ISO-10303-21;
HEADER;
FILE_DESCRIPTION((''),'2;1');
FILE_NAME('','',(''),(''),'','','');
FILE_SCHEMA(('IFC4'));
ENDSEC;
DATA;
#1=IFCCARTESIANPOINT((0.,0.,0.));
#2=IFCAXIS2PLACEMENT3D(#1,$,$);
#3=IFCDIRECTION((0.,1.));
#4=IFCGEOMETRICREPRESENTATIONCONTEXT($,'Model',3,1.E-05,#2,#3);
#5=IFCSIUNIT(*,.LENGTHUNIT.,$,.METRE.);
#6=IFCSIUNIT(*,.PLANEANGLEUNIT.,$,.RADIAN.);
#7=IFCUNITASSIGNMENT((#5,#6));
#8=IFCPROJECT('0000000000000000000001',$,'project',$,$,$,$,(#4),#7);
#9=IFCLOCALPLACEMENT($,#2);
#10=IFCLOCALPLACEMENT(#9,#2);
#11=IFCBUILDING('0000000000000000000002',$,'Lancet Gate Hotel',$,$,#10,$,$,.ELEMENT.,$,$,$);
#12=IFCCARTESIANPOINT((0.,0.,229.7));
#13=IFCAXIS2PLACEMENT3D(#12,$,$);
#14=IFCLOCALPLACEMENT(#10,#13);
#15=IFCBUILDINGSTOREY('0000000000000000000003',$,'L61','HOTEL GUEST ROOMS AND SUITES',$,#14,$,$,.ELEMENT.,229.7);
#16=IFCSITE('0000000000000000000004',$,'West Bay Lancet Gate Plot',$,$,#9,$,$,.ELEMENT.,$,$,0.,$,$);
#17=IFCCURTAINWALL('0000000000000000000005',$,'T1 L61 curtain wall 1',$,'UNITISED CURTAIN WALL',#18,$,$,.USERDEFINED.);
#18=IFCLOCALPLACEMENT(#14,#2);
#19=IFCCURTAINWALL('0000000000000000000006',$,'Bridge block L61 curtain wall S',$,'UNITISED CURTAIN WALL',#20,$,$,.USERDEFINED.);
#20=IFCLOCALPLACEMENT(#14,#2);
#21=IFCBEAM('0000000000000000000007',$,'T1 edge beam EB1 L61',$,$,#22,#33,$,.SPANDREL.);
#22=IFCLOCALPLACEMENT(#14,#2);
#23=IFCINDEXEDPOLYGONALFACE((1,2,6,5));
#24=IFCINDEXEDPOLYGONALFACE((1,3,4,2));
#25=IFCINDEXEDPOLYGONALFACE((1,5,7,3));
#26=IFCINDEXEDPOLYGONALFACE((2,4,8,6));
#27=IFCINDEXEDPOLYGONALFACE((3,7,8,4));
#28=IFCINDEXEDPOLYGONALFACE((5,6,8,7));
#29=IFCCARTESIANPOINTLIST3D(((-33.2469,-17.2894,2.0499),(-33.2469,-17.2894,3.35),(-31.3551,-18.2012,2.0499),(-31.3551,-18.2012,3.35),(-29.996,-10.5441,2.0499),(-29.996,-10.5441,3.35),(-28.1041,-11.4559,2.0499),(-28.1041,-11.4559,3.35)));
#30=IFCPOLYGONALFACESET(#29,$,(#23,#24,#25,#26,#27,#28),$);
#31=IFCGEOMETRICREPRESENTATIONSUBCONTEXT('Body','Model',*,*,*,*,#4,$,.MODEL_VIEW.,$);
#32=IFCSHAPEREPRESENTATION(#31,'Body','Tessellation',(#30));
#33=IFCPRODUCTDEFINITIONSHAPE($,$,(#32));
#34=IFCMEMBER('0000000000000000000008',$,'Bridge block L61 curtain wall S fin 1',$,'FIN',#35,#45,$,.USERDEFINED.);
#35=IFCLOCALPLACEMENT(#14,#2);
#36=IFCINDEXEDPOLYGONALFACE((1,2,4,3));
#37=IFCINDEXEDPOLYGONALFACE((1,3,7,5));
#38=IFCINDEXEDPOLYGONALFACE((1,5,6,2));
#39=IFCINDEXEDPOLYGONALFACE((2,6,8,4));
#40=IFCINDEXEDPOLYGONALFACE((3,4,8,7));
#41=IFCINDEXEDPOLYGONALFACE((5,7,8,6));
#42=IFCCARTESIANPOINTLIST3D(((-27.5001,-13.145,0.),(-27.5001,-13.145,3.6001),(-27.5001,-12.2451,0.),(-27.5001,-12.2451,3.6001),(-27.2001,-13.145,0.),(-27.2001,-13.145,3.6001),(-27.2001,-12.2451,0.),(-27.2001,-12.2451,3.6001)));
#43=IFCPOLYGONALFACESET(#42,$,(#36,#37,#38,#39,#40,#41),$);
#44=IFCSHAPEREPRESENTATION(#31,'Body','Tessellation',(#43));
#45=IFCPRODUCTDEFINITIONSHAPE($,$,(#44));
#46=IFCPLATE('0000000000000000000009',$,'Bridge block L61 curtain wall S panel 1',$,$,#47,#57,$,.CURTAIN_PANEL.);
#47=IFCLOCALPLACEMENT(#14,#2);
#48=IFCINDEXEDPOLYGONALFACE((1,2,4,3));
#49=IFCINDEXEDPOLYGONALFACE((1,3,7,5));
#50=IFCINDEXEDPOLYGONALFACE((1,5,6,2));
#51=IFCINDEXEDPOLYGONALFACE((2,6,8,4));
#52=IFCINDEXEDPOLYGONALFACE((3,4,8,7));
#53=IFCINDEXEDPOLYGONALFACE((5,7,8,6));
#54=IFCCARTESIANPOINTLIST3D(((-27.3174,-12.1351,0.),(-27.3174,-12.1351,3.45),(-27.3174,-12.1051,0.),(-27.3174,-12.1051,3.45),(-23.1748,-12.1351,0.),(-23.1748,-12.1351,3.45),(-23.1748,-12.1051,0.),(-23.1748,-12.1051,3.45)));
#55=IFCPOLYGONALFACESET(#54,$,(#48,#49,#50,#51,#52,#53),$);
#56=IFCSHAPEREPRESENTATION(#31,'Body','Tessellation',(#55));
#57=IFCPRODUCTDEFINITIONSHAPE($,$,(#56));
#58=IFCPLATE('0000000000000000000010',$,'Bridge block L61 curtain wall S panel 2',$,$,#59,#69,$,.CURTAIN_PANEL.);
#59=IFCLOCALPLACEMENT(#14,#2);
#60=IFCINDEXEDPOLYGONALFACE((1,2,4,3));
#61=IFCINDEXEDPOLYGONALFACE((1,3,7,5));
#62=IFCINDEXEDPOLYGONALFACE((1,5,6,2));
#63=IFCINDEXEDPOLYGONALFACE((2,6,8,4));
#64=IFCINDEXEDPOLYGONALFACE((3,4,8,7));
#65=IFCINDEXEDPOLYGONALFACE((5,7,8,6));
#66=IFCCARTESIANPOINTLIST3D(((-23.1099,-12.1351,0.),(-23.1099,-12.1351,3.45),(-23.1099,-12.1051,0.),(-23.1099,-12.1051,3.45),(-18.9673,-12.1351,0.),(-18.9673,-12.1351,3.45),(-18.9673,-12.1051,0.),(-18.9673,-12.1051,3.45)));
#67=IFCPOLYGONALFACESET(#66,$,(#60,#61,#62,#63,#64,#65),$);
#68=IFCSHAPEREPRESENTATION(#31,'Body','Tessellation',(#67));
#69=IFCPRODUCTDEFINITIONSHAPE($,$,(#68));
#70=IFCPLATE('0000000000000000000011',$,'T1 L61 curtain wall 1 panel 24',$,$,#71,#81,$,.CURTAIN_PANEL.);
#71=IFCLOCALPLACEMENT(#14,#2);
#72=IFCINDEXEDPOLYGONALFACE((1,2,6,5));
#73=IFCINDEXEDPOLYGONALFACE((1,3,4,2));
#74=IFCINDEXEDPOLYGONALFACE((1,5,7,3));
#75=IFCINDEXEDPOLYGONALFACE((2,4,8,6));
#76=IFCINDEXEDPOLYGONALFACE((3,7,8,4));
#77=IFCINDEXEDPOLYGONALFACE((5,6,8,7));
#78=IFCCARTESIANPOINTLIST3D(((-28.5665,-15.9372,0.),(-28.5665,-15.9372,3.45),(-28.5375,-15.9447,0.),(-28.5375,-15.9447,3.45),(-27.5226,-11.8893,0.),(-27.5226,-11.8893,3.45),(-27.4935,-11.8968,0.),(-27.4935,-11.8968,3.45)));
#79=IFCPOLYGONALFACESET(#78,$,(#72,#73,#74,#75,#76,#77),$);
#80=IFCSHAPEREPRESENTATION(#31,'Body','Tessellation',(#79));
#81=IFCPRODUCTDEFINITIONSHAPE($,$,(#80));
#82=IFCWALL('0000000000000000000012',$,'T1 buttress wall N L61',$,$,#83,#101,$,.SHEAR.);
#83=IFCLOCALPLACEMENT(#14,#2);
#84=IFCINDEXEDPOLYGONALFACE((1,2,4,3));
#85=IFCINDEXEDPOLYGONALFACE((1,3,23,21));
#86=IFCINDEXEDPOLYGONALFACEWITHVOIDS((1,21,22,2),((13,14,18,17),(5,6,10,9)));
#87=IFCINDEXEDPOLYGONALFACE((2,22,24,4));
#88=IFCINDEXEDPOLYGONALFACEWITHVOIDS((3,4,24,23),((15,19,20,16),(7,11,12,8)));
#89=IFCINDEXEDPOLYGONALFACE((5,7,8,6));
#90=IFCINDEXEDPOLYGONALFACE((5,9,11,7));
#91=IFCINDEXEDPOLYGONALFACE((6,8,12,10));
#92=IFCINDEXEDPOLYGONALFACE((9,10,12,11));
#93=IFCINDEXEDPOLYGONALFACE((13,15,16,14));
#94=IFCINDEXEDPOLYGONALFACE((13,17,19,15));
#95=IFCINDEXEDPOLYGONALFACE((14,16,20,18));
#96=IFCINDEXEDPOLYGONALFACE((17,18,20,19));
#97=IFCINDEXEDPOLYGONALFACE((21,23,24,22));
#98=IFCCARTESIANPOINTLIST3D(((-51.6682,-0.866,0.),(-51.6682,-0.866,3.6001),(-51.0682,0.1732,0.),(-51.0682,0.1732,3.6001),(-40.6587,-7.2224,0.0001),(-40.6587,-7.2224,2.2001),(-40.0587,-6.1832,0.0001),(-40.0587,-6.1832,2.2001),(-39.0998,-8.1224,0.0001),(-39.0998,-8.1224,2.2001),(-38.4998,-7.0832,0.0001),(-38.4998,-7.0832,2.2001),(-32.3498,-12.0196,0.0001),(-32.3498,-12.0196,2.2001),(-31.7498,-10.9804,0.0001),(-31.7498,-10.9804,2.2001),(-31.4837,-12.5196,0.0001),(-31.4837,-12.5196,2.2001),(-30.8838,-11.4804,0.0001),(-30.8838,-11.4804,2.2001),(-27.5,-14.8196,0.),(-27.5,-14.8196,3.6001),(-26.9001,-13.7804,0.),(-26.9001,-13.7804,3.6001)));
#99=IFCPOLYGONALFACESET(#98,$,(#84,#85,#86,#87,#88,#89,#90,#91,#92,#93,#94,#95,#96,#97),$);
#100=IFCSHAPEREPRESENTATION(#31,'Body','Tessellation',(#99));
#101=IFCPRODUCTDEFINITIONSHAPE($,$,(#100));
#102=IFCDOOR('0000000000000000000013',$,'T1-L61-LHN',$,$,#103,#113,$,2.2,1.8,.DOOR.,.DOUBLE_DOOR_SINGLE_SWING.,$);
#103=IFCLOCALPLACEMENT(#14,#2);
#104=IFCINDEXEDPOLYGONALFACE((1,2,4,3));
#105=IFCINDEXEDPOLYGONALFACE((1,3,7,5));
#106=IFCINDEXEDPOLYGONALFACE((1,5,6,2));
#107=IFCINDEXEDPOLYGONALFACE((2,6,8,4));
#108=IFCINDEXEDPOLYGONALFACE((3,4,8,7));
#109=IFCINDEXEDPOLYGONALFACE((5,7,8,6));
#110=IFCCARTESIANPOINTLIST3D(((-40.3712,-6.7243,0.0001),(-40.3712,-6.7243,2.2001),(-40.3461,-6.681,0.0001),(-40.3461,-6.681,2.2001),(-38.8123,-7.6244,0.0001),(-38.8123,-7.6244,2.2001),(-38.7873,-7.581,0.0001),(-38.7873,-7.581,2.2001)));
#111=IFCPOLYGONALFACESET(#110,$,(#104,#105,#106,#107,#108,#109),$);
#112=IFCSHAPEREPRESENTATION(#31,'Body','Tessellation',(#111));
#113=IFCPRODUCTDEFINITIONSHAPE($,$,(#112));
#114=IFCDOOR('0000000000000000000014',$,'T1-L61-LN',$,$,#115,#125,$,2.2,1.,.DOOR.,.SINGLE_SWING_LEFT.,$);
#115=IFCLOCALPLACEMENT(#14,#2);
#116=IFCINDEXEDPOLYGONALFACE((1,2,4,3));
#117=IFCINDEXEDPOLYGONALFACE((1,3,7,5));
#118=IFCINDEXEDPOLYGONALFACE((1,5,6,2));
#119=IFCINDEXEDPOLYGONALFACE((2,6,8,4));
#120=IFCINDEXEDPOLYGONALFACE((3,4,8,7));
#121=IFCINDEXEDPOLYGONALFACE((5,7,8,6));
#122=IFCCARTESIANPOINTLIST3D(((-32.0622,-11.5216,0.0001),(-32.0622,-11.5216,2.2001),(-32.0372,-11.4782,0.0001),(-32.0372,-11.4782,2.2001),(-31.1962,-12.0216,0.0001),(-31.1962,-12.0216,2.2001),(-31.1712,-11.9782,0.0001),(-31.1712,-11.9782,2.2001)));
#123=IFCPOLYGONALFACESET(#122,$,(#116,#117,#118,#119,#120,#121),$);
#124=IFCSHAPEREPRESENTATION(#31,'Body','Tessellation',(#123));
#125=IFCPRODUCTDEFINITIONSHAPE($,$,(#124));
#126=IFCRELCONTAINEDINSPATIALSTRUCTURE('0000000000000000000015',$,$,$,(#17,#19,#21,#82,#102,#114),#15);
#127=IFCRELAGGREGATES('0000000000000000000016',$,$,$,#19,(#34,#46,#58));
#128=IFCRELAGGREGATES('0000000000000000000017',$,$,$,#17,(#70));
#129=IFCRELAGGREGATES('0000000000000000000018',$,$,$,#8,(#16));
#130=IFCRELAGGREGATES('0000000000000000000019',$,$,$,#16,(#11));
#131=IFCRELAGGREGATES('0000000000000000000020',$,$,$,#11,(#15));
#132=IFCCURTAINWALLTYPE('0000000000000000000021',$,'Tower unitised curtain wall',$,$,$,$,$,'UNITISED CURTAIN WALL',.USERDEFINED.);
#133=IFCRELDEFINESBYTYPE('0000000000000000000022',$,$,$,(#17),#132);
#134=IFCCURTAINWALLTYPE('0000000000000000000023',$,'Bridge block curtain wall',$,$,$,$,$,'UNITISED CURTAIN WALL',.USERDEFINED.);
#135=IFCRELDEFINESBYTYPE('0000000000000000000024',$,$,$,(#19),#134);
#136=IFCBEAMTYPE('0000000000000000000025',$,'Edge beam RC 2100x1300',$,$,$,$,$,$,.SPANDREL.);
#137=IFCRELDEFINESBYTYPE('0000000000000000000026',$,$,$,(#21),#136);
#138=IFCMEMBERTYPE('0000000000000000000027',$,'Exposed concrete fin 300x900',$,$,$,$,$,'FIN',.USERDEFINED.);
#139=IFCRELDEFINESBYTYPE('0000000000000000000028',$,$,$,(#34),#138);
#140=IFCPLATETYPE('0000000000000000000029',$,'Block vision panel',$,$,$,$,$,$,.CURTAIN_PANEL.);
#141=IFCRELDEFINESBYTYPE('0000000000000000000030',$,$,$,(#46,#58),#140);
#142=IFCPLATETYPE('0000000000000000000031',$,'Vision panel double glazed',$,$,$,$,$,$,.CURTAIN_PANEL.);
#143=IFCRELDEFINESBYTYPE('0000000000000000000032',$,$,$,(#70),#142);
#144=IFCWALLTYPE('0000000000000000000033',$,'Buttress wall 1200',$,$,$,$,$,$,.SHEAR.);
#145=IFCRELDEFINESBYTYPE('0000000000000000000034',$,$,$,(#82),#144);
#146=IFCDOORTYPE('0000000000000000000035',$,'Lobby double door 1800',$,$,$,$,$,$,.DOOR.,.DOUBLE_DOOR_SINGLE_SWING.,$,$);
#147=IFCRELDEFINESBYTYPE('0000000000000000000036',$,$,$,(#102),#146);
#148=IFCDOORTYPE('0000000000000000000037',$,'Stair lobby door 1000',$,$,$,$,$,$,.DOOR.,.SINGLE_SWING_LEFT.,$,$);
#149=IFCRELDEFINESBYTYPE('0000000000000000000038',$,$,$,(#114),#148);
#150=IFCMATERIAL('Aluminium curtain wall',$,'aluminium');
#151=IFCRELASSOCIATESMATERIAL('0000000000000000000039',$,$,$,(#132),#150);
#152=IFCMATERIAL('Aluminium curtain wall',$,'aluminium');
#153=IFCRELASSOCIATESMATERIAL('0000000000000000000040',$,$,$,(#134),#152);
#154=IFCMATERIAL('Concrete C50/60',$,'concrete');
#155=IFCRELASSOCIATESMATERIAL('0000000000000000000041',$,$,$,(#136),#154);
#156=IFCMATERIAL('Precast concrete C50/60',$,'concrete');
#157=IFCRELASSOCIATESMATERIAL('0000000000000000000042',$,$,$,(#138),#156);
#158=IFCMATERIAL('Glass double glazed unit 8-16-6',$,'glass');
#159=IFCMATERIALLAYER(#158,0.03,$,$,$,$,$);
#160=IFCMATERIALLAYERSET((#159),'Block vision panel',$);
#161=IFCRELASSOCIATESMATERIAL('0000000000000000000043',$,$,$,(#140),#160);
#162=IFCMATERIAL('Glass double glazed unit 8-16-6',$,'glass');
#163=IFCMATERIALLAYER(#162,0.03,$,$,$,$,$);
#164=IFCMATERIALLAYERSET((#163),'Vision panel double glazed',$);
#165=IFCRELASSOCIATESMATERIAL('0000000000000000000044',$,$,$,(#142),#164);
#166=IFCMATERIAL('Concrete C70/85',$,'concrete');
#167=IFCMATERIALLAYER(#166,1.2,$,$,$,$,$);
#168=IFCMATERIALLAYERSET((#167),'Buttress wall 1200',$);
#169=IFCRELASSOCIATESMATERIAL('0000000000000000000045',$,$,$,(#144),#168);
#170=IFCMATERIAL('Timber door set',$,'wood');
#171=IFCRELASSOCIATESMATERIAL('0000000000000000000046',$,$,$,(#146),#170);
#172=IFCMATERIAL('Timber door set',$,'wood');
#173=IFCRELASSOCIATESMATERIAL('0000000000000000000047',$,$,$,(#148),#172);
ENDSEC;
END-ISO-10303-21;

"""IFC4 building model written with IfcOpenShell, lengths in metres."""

from ifc_helpers import new_model, si_unit, direction, frame, frame_2d, origin, origin_2d, place, context, subcontext, project, spatial, rectangle, extrude, material, layer, layer_set, material_profile, profile_set, type_object, element, fill, aggregate, save


model = new_model("IFC4")

# Units and contexts
model_context = context("Model", 3, precision=1e-05, world=origin(), true_north=direction((0.0, 1.0)))
body_context = subcontext(model_context, "Body", "Model", "MODEL_VIEW")
ifc_project = project(units=[si_unit("LENGTHUNIT", "METRE"), si_unit("PLANEANGLEUNIT", "RADIAN")], contexts=[model_context])

# Site, building, storey
site_placement = place(None, origin())
site = spatial("IfcSite", under=ifc_project, at=site_placement, Name="West Bay Lancet Gate Plot", CompositionType="ELEMENT", RefElevation=0.0)
building_placement = place(site_placement, origin())
building = spatial("IfcBuilding", under=site, at=building_placement, Name="Lancet Gate Hotel", CompositionType="ELEMENT")
storey_placement = place(building_placement, frame((0.0, 0.0, 229.7)))
storey = spatial("IfcBuildingStorey", under=building, at=storey_placement, Name="L61", Description="HOTEL GUEST ROOMS AND SUITES", CompositionType="ELEMENT", Elevation=229.7)

# Curtain walls
ifc_material_1 = material(Name="Aluminium curtain wall", Category="aluminium")
curtain_wall_type_1 = type_object("IfcCurtainWallType", Name="Tower unitised curtain wall", ElementType="UNITISED CURTAIN WALL", PredefinedType="USERDEFINED", material=ifc_material_1)
curtain_wall_1_placement = place(storey_placement, origin())
curtain_wall_1 = element("IfcCurtainWall", 1, at=curtain_wall_1_placement, inside=storey, type_object=curtain_wall_type_1, Name="T1 L61 curtain wall 1", ObjectType="UNITISED CURTAIN WALL", PredefinedType="USERDEFINED")
ifc_material_2 = material(Name="Aluminium curtain wall", Category="aluminium")
curtain_wall_type_2 = type_object("IfcCurtainWallType", Name="Bridge block curtain wall", ElementType="UNITISED CURTAIN WALL", PredefinedType="USERDEFINED", material=ifc_material_2)
curtain_wall_2_placement = place(storey_placement, origin())
curtain_wall_2 = element("IfcCurtainWall", 2, at=curtain_wall_2_placement, inside=storey, type_object=curtain_wall_type_2, Name="Bridge block L61 curtain wall S", ObjectType="UNITISED CURTAIN WALL", PredefinedType="USERDEFINED")

# Beam
ifc_material_3 = material(Name="Concrete C50/60", Category="concrete")
ifc_material_profile_1 = material_profile(ifc_material_3, rectangle(XDim=2.1001, YDim=1.3, at=origin_2d()), Name="RC 2100x1300")
ifc_profile_set_1 = profile_set([ifc_material_profile_1], Name="Concrete C50/60")
beam_type_1 = type_object("IfcBeamType", Name="Edge beam RC 2100x1300", PredefinedType="SPANDREL", material=ifc_profile_set_1)
beam_1_placement = place(storey_placement, frame((-29.05, -11.0, 2.7), z_axis=(-0.434164, -0.900834, 0.0), x_axis=(0.900834, -0.434164, 0.0)))
element("IfcBeam", 3, at=beam_1_placement, inside=storey, type_object=beam_type_1, Name="T1 edge beam EB1 L61", PredefinedType="SPANDREL", context=body_context, shape_type="SweptSolid", body=[
    extrude(rectangle(XDim=2.1001, YDim=1.3, at=origin_2d()), origin(), (0.0, 0.0, 1.0), 7.4878),
])

# Member
ifc_material_4 = material(Name="Precast concrete C50/60", Category="concrete")
ifc_material_profile_2 = material_profile(ifc_material_4, rectangle(XDim=0.3, YDim=0.8999, at=origin_2d()), Name="FIN 300x900")
ifc_profile_set_2 = profile_set([ifc_material_profile_2], Name="Precast concrete C50/60")
member_type_1 = type_object("IfcMemberType", Name="Exposed concrete fin 300x900", ElementType="FIN", PredefinedType="USERDEFINED", material=ifc_profile_set_2)
member_1_placement = place(storey_placement, frame((-27.3501, -12.6951, 0.0), z_axis=(0.0, 0.0, 1.0), x_axis=(1.0, 0.0, 0.0)))
member_1 = element("IfcMember", 4, at=member_1_placement, type_object=member_type_1, Name="Bridge block L61 curtain wall S fin 1", ObjectType="FIN", PredefinedType="USERDEFINED", context=body_context, shape_type="SweptSolid", body=[
    extrude(rectangle(XDim=0.3, YDim=0.8999, at=origin_2d()), origin(), (0.0, 0.0, 1.0), 3.6001),
])

# Plates
ifc_material_5 = material(Name="Glass double glazed unit 8-16-6", Category="glass")
ifc_layer_1 = layer(ifc_material_5, 0.03)
ifc_layer_set_1 = layer_set([ifc_layer_1], Name="Block vision panel")
plate_type_1 = type_object("IfcPlateType", Name="Block vision panel", PredefinedType="CURTAIN_PANEL", material=ifc_layer_set_1)
plate_1_placement = place(storey_placement, frame((-25.2461, -12.1201, 0.0), z_axis=(0.0, 0.0, 1.0), x_axis=(1.0, 0.0, 0.0)))
plate_1 = element("IfcPlate", 5, at=plate_1_placement, type_object=plate_type_1, Name="Bridge block L61 curtain wall S panel 1", PredefinedType="CURTAIN_PANEL", context=body_context, shape_type="SweptSolid", body=[
    extrude(rectangle(XDim=4.1426, YDim=0.03, at=origin_2d()), origin(), (0.0, 0.0, 1.0), 3.45),
])
plate_2_placement = place(storey_placement, frame((-21.0386, -12.1201, 0.0), z_axis=(0.0, 0.0, 1.0), x_axis=(1.0, 0.0, 0.0)))
plate_2 = element("IfcPlate", 6, at=plate_2_placement, type_object=plate_type_1, Name="Bridge block L61 curtain wall S panel 2", PredefinedType="CURTAIN_PANEL", context=body_context, shape_type="SweptSolid", body=[
    extrude(rectangle(XDim=4.1426, YDim=0.03, at=origin_2d()), origin(), (0.0, 0.0, 1.0), 3.45),
])
aggregate(curtain_wall_2, [member_1, plate_1, plate_2])
ifc_material_6 = material(Name="Glass double glazed unit 8-16-6", Category="glass")
ifc_layer_2 = layer(ifc_material_6, 0.03)
ifc_layer_set_2 = layer_set([ifc_layer_2], Name="Vision panel double glazed")
plate_type_2 = type_object("IfcPlateType", Name="Vision panel double glazed", PredefinedType="CURTAIN_PANEL", material=ifc_layer_set_2)
plate_3_placement = place(storey_placement, frame((-28.03, -13.917, 0.0), z_axis=(0.0, 0.0, 1.0), x_axis=(0.249726, 0.968317, 0.0)))
plate_3 = element("IfcPlate", 7, at=plate_3_placement, type_object=plate_type_2, Name="T1 L61 curtain wall 1 panel 24", PredefinedType="CURTAIN_PANEL", context=body_context, shape_type="SweptSolid", body=[
    extrude(rectangle(XDim=4.1804, YDim=0.03, at=origin_2d()), origin(), (0.0, 0.0, 1.0), 3.45),
])
aggregate(curtain_wall_1, [plate_3])

# Wall, openings, doors
ifc_material_7 = material(Name="Concrete C70/85", Category="concrete")
ifc_layer_3 = layer(ifc_material_7, 1.2)
ifc_layer_set_3 = layer_set([ifc_layer_3], Name="Buttress wall 1200")
wall_type_1 = type_object("IfcWallType", Name="Buttress wall 1200", PredefinedType="SHEAR", material=ifc_layer_set_3)
wall_1_placement = place(storey_placement, frame((-27.2, -14.3, 0.0), z_axis=(0.0, 0.0, 1.0), x_axis=(-0.866024, 0.500002, 0.0)))
wall_1 = element("IfcWall", 8, at=wall_1_placement, inside=storey, type_object=wall_type_1, Name="T1 buttress wall N L61", PredefinedType="SHEAR", context=body_context, shape_type="SweptSolid", body=[
    extrude(rectangle(XDim=27.907, YDim=1.2, at=frame_2d((13.9536, 0.0))), origin(), (0.0, 0.0, 1.0), 3.6001),
])
opening_1_placement = place(wall_1_placement, frame((4.6001, 0.0, 0.0)))
opening_1 = element("IfcOpeningElement", 9, at=opening_1_placement, cuts=wall_1, PredefinedType="OPENING", context=body_context, shape_type="SweptSolid", body=[
    extrude(rectangle(XDim=1.0, YDim=2.2, at=frame_2d((0.5, 1.1001))), frame((0.0, 0.6099, 0.0), z_axis=(0.0, -1.0, 0.0), x_axis=(1.0, 0.0, 0.0)), (0.0, 0.0, 1.0), 1.22),
])
opening_2_placement = place(wall_1_placement, frame((13.3945, 0.0, 0.0)))
opening_2 = element("IfcOpeningElement", 10, at=opening_2_placement, cuts=wall_1, PredefinedType="OPENING", context=body_context, shape_type="SweptSolid", body=[
    extrude(rectangle(XDim=1.8, YDim=2.2, at=frame_2d((0.8999, 1.1001))), frame((0.0, 0.6099, 0.0), z_axis=(0.0, -1.0, 0.0), x_axis=(1.0, 0.0, 0.0)), (0.0, 0.0, 1.0), 1.22),
])
ifc_material_8 = material(Name="Timber door set", Category="wood")
door_type_1 = type_object("IfcDoorType", Name="Lobby double door 1800", OperationType="DOUBLE_DOOR_SINGLE_SWING", PredefinedType="DOOR", material=ifc_material_8)
door_1_placement = place(opening_2_placement, origin())
door_1 = element("IfcDoor", 11, at=door_1_placement, inside=storey, type_object=door_type_1, Name="T1-L61-LHN", OperationType="DOUBLE_DOOR_SINGLE_SWING", OverallHeight=2.2, OverallWidth=1.8, PredefinedType="DOOR", context=body_context, shape_type="SweptSolid", body=[
    extrude(rectangle(XDim=1.8, YDim=2.2, at=frame_2d((0.8999, 1.1001))), frame((0.0, 0.0249, 0.0), z_axis=(0.0, -1.0, 0.0), x_axis=(1.0, 0.0, 0.0)), (0.0, 0.0, 1.0), 0.05),
])
fill(opening_2, door_1)
ifc_material_9 = material(Name="Timber door set", Category="wood")
door_type_2 = type_object("IfcDoorType", Name="Stair lobby door 1000", OperationType="SINGLE_SWING_LEFT", PredefinedType="DOOR", material=ifc_material_9)
door_2_placement = place(opening_1_placement, origin())
door_2 = element("IfcDoor", 12, at=door_2_placement, inside=storey, type_object=door_type_2, Name="T1-L61-LN", OperationType="SINGLE_SWING_LEFT", OverallHeight=2.2, OverallWidth=1.0, PredefinedType="DOOR", context=body_context, shape_type="SweptSolid", body=[
    extrude(rectangle(XDim=1.0, YDim=2.2, at=frame_2d((0.5, 1.1001))), frame((0.0, 0.0249, 0.0), z_axis=(0.0, -1.0, 0.0), x_axis=(1.0, 0.0, 0.0)), (0.0, 0.0, 1.0), 0.05),
])
fill(opening_1, door_2)

save(model, "model.ifc")
